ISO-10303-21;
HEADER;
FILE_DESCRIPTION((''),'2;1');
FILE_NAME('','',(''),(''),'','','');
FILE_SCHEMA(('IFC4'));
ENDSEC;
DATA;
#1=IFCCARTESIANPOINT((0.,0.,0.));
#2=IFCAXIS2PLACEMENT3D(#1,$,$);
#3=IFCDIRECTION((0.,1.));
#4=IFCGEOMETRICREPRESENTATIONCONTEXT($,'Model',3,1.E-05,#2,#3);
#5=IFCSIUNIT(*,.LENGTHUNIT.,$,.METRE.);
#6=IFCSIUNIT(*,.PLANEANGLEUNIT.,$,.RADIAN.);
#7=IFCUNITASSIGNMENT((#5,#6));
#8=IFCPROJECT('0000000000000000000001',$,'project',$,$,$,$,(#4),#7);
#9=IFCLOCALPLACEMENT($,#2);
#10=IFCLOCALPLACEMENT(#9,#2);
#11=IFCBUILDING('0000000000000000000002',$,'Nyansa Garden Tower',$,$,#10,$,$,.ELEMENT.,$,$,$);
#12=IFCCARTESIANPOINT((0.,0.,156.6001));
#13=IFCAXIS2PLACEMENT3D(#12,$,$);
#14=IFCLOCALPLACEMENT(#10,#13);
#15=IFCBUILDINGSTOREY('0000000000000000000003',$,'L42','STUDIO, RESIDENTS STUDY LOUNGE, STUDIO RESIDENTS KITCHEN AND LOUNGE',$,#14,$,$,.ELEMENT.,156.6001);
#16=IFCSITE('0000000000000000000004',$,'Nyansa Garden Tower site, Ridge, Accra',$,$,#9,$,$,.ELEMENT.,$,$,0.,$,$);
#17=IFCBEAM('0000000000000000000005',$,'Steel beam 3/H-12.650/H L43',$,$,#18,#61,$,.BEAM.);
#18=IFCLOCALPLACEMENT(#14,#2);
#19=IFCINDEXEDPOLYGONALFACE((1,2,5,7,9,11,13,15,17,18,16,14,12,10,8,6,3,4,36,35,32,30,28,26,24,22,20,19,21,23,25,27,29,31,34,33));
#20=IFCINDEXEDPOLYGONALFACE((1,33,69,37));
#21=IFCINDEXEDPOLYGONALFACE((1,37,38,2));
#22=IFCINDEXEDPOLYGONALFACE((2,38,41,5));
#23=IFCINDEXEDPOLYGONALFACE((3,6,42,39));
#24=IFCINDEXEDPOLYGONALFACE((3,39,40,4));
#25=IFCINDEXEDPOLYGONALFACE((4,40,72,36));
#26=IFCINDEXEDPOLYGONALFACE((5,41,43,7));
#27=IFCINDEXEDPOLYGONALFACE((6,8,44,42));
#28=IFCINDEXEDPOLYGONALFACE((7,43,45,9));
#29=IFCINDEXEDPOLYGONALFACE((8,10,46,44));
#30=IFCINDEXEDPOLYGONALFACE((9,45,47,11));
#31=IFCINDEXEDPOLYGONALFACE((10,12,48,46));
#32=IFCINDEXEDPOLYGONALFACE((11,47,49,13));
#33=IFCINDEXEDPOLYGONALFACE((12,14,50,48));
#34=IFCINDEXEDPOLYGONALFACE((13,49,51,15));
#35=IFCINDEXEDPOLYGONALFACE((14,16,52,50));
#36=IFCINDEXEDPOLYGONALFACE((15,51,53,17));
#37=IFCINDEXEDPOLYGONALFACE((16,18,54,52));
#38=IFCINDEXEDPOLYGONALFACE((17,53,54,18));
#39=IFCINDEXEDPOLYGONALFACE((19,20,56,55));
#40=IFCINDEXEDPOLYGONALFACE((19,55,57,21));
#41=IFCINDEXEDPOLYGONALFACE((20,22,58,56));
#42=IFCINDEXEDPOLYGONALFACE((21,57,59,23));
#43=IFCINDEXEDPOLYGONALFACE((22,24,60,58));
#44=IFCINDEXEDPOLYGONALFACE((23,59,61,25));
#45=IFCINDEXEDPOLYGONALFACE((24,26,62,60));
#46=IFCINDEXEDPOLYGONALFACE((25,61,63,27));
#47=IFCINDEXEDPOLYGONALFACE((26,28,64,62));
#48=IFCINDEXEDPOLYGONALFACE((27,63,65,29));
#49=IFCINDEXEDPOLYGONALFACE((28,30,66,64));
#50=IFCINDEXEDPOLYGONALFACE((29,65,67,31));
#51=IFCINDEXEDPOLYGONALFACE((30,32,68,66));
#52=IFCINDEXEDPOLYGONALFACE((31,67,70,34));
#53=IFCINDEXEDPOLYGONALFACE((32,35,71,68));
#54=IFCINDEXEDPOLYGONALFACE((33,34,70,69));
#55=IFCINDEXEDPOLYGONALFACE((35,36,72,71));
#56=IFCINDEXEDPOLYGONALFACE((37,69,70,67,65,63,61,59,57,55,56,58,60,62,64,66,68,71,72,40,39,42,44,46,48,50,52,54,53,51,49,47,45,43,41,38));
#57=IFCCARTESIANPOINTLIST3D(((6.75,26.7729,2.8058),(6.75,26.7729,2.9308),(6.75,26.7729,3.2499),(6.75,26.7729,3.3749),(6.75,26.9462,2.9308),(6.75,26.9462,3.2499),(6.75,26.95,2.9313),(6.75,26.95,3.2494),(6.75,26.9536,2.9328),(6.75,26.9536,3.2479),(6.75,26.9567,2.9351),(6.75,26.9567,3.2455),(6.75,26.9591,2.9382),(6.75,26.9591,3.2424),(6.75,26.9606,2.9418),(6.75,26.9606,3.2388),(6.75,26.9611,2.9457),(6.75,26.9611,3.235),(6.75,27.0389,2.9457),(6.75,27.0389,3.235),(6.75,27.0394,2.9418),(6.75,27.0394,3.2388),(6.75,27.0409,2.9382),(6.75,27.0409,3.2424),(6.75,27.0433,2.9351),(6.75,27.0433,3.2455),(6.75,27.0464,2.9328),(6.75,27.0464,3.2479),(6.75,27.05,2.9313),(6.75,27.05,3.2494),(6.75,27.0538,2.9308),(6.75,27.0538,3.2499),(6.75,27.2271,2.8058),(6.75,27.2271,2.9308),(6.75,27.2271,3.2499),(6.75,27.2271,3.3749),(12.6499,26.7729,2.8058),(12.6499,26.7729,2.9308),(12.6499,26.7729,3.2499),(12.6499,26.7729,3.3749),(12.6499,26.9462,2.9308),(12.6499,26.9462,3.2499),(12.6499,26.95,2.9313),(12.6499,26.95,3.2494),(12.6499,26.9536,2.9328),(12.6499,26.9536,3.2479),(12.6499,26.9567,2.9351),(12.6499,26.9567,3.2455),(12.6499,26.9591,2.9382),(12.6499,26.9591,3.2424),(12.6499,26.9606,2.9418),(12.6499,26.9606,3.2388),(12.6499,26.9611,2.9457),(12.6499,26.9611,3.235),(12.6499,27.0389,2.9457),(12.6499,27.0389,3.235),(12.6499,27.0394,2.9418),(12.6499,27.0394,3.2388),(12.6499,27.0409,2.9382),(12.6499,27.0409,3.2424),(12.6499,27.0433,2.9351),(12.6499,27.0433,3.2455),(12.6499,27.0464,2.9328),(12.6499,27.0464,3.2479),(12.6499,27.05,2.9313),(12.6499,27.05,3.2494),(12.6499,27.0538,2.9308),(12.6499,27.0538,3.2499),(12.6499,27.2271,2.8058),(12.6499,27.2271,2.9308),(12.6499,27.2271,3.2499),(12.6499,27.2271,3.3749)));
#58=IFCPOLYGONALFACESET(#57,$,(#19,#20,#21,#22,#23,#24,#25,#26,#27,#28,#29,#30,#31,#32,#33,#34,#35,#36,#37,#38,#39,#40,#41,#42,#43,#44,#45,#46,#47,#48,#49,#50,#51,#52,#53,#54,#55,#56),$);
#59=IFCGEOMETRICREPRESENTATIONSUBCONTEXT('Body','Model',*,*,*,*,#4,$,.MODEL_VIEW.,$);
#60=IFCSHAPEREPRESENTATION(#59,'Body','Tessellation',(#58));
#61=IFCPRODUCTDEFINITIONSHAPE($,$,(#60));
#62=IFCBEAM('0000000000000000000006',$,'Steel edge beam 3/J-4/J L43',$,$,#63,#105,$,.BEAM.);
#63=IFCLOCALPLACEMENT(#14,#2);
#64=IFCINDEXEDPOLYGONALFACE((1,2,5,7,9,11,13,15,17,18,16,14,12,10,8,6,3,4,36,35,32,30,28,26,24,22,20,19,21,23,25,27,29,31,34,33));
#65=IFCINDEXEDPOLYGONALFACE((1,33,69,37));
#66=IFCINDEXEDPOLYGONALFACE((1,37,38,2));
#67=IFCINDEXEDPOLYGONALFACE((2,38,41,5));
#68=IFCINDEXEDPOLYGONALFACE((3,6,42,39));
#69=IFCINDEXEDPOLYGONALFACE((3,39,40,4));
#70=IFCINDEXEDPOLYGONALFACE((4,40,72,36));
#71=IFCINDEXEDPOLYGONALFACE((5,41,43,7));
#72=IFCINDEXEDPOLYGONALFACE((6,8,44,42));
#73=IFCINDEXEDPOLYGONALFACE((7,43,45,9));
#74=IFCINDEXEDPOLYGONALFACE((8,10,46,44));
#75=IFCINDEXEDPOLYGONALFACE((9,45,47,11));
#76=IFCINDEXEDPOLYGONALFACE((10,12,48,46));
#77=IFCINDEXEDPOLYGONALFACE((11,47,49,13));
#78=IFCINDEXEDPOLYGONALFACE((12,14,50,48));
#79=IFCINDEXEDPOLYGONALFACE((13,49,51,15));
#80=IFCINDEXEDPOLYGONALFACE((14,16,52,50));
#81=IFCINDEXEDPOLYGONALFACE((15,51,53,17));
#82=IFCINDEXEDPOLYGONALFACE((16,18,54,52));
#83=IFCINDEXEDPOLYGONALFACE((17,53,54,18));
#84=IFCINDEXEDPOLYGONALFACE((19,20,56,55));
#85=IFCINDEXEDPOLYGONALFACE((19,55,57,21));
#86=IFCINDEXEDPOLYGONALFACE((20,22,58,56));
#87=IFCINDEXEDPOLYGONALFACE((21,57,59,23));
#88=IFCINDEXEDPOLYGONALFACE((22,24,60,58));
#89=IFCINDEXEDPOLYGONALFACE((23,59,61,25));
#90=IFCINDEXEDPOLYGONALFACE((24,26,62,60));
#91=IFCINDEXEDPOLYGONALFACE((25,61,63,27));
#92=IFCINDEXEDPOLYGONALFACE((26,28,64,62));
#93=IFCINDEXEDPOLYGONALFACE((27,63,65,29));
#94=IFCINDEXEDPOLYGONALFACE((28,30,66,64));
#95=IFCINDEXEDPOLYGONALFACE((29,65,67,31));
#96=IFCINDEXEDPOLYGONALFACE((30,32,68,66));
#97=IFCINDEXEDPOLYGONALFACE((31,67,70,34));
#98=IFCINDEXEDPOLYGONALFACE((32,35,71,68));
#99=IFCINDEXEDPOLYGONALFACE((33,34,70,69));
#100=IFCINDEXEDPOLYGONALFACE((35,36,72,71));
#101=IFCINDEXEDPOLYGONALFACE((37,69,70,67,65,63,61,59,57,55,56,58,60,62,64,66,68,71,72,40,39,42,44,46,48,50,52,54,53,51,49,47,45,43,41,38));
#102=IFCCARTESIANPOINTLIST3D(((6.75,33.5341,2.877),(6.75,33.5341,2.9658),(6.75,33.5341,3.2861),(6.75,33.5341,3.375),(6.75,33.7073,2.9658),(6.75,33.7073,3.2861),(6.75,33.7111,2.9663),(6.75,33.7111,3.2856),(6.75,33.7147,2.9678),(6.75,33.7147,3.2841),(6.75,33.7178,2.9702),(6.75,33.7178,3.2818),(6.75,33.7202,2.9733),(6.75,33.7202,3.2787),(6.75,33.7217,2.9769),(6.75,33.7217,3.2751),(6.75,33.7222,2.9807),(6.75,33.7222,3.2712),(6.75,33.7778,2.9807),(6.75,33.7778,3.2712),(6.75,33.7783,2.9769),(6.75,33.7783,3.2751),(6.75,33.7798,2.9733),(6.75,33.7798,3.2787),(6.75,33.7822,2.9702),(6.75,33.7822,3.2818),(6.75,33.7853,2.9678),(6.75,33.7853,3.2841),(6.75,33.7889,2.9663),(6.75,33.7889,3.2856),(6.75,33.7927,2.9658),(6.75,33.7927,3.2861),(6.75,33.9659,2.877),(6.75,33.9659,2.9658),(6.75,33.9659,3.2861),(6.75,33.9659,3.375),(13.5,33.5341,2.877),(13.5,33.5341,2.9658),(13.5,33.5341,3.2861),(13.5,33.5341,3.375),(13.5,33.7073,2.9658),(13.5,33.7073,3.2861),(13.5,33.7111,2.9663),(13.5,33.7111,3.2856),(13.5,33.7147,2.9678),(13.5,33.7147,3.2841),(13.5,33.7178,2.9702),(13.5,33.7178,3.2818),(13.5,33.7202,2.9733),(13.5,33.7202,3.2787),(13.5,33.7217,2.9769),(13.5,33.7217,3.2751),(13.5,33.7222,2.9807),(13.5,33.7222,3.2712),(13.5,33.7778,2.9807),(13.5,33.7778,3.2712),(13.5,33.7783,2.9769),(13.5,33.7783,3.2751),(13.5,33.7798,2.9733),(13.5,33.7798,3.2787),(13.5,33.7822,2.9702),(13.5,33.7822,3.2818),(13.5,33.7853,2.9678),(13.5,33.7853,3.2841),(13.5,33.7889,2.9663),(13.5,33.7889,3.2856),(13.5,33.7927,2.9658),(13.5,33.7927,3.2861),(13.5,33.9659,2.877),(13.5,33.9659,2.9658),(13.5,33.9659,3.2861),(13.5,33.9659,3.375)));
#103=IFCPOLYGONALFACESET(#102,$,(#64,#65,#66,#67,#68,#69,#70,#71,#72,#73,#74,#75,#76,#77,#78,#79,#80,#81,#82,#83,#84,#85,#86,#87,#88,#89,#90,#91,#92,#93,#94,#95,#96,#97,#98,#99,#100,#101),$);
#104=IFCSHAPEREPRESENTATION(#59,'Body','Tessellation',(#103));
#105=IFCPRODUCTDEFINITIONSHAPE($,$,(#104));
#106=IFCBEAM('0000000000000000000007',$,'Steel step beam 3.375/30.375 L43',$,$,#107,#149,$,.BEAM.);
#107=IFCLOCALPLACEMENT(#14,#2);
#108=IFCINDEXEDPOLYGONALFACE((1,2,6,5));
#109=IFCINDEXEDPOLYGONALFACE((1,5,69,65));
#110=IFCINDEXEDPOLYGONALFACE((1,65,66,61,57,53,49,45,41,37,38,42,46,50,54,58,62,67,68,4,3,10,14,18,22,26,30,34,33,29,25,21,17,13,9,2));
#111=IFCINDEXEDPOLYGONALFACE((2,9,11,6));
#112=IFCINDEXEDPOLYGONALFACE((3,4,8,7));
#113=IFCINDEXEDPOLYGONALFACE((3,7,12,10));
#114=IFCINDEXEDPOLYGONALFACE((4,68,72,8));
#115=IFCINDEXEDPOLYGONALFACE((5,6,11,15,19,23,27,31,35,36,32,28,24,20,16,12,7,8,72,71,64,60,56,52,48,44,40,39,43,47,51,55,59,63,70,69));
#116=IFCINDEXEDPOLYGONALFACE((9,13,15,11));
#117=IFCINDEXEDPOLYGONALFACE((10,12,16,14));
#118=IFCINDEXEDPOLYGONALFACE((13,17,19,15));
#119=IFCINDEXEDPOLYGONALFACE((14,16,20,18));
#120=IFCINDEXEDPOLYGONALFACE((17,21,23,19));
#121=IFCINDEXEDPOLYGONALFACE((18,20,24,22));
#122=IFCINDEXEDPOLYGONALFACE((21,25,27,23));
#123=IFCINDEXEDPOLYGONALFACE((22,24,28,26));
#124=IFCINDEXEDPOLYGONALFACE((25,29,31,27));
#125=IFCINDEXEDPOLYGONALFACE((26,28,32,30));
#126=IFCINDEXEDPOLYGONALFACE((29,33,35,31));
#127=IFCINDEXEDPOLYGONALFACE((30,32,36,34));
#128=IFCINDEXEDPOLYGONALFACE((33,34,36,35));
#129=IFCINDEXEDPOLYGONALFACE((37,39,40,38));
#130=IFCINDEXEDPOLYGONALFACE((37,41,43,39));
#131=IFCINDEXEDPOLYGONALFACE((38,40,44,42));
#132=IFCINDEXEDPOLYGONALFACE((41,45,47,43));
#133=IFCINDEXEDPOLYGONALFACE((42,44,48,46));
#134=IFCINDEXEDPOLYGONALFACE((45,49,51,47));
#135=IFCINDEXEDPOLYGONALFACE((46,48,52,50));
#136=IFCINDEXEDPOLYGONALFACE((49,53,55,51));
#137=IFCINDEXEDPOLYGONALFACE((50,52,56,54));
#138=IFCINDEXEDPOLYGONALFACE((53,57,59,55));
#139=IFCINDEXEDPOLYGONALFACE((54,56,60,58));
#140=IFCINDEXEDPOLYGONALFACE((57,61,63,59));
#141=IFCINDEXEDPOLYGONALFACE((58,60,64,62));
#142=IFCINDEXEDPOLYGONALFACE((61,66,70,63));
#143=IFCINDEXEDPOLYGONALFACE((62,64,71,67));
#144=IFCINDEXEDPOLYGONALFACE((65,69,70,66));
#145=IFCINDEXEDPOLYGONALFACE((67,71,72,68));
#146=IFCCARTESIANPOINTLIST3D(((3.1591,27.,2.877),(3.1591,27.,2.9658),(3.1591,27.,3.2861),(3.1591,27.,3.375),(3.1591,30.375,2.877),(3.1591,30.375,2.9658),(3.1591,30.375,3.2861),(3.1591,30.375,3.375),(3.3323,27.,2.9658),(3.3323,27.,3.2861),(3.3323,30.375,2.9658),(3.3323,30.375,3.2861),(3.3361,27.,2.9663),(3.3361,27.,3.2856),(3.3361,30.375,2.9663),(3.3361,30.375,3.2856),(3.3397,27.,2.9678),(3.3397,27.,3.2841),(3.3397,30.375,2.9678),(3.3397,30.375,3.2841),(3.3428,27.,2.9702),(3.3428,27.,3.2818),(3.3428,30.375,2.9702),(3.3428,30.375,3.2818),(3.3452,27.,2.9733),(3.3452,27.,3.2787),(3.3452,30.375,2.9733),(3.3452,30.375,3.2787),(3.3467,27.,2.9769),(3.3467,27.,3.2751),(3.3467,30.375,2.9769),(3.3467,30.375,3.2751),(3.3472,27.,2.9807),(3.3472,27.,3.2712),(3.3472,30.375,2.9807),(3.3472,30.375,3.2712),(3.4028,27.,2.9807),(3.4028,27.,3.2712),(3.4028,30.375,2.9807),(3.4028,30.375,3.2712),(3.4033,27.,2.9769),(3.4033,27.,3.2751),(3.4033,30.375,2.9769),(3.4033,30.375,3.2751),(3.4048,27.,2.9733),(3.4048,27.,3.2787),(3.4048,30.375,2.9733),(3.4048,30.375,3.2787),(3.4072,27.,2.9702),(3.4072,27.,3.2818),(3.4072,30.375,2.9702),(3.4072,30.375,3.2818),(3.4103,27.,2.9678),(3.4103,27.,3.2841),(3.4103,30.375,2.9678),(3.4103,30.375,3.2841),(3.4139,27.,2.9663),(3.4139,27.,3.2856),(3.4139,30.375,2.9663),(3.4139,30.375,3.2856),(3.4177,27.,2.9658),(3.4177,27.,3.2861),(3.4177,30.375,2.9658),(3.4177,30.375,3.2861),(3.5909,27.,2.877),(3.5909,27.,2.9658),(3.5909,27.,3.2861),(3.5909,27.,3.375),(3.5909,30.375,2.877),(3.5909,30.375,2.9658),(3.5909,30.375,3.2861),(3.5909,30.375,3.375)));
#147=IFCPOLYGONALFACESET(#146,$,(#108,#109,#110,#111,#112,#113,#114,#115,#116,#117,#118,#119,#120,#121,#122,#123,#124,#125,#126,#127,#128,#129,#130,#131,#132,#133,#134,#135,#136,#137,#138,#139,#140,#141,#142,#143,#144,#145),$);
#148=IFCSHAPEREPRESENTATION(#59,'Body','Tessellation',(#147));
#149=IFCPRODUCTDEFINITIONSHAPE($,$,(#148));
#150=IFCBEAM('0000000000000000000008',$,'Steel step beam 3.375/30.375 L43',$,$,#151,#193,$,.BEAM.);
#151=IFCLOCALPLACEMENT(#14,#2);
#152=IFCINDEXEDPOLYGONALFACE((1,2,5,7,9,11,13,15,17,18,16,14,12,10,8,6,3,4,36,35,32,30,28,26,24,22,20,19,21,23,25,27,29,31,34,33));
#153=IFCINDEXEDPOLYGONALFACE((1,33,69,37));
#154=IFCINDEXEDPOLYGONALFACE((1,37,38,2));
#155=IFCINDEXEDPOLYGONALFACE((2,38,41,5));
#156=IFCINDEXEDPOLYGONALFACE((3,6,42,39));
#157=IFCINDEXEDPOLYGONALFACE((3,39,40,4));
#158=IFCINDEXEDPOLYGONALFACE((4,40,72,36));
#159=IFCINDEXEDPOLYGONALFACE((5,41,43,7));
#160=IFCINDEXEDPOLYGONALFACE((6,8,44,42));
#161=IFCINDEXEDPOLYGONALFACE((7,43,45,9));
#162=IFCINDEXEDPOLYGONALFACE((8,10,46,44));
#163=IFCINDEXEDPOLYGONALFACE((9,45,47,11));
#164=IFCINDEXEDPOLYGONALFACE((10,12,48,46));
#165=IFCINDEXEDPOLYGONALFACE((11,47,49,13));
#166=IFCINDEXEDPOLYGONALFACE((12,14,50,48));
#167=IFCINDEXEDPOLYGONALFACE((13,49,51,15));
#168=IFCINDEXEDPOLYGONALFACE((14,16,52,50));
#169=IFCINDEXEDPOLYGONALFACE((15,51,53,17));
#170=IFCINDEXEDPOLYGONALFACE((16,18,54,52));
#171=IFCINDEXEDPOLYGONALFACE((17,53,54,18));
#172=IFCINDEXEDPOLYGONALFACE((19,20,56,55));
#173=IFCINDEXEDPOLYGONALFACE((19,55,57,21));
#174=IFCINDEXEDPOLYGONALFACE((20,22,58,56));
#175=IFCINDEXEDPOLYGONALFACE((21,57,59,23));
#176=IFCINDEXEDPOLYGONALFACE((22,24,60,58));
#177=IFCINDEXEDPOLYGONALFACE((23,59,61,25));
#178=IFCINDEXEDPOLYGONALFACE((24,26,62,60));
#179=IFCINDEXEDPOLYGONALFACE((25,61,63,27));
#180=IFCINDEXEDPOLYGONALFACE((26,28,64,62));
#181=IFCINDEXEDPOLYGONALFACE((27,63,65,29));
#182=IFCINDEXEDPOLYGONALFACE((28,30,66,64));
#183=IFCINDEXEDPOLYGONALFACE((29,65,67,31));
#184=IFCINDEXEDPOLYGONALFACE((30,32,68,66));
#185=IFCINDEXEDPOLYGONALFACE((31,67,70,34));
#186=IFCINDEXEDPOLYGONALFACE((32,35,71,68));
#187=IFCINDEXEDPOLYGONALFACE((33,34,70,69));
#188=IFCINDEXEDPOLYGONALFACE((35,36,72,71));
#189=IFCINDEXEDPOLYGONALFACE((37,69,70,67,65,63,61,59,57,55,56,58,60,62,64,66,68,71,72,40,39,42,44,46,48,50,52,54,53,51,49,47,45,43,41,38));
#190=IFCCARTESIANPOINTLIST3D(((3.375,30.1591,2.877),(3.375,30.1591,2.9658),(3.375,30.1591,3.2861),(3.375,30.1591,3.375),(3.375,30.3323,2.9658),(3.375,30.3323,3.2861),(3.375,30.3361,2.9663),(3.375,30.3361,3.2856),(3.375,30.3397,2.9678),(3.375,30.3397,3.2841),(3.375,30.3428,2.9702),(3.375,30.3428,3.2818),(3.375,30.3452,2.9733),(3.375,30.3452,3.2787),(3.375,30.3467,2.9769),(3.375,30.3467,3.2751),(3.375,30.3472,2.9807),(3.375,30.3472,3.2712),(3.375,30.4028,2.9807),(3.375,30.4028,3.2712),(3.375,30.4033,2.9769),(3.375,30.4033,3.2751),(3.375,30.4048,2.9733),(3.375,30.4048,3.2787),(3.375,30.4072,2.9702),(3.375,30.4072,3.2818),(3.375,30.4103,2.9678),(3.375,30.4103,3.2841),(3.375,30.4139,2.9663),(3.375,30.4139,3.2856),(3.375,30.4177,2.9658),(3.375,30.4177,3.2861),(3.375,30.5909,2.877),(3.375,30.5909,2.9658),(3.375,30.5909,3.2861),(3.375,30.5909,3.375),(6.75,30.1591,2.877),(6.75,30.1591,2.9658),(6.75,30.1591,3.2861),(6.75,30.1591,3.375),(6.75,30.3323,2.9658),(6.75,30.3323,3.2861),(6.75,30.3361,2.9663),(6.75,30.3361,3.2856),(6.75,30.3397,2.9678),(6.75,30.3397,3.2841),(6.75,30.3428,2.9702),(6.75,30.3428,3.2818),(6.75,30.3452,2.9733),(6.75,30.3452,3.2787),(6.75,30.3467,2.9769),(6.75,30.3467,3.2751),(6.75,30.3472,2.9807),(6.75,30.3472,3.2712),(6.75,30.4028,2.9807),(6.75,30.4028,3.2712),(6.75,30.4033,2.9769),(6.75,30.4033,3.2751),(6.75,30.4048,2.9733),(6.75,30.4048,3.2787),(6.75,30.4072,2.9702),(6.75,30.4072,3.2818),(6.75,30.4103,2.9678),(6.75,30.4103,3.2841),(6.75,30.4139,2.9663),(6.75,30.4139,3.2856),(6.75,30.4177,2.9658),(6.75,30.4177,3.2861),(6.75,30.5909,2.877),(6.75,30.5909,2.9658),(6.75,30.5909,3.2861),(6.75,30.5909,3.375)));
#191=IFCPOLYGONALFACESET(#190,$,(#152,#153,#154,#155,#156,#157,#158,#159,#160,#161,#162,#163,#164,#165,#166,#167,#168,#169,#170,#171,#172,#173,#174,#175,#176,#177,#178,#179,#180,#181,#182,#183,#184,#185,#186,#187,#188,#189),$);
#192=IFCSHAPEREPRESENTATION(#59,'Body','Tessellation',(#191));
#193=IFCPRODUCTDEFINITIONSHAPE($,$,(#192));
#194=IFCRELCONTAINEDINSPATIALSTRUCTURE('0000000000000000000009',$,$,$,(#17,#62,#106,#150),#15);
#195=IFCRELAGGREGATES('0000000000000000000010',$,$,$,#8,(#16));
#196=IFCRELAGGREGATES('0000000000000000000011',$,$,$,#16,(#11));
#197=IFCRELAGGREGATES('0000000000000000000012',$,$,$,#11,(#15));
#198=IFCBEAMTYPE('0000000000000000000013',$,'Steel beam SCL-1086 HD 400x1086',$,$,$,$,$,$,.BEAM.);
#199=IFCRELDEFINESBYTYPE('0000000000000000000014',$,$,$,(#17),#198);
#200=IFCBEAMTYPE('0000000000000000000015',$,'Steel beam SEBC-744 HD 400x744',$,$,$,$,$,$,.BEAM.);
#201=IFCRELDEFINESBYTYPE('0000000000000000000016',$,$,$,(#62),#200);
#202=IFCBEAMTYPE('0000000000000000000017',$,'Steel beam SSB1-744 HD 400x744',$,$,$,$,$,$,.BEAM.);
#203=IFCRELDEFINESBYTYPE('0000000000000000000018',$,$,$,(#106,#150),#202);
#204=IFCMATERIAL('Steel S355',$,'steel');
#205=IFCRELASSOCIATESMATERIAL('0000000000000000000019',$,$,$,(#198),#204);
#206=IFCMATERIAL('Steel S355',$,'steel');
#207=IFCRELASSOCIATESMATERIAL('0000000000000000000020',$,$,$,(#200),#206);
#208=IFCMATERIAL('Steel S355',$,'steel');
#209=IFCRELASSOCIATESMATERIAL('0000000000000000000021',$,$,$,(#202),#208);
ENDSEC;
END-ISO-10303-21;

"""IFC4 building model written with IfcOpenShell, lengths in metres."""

from ifc_helpers import new_model, si_unit, direction, frame, origin, origin_2d, place, context, subcontext, project, spatial, i_section, extrude, material, material_profile, profile_set, type_object, element, save


model = new_model("IFC4")

# Units and contexts
model_context = context("Model", 3, precision=1e-05, world=origin(), true_north=direction((0.0, 1.0)))
body_context = subcontext(model_context, "Body", "Model", "MODEL_VIEW")
ifc_project = project(units=[si_unit("LENGTHUNIT", "METRE"), si_unit("PLANEANGLEUNIT", "RADIAN")], contexts=[model_context])

# Site, building, storey
site_placement = place(None, origin())
site = spatial("IfcSite", under=ifc_project, at=site_placement, Name="Nyansa Garden Tower site, Ridge, Accra", CompositionType="ELEMENT", RefElevation=0.0)
building_placement = place(site_placement, origin())
building = spatial("IfcBuilding", under=site, at=building_placement, Name="Nyansa Garden Tower", CompositionType="ELEMENT")
storey_placement = place(building_placement, frame((0.0, 0.0, 156.6001)))
storey = spatial("IfcBuildingStorey", under=building, at=storey_placement, Name="L42", Description="STUDIO, RESIDENTS STUDY LOUNGE, STUDIO RESIDENTS KITCHEN AND LOUNGE", CompositionType="ELEMENT", Elevation=156.6001)

# Beams
ifc_material_1 = material(Name="Steel S355", Category="steel")
ifc_material_profile_1 = material_profile(ifc_material_1, i_section(OverallWidth=0.4541, OverallDepth=0.5691, WebThickness=0.0779, FlangeThickness=0.125, FilletRadius=0.0149, at=origin_2d()), Name="HD 400x1086")
ifc_profile_set_1 = profile_set([ifc_material_profile_1], Name="Steel S355")
beam_type_1 = type_object("IfcBeamType", Name="Steel beam SCL-1086 HD 400x1086", PredefinedType="BEAM", material=ifc_profile_set_1)
beam_1_placement = place(storey_placement, frame((6.75, 27.0, 3.0903), z_axis=(1.0, 0.0, 0.0), x_axis=(0.0, 1.0, 0.0)))
element("IfcBeam", 1, at=beam_1_placement, inside=storey, type_object=beam_type_1, Name="Steel beam 3/H-12.650/H L43", PredefinedType="BEAM", context=body_context, shape_type="SweptSolid", body=[
    extrude(i_section(OverallWidth=0.4541, OverallDepth=0.5691, WebThickness=0.0779, FlangeThickness=0.125, FilletRadius=0.0149, at=origin_2d()), origin(), (0.0, 0.0, 1.0), 5.8999),
])
ifc_material_2 = material(Name="Steel S355", Category="steel")
ifc_material_profile_2 = material_profile(ifc_material_2, i_section(OverallWidth=0.4319, OverallDepth=0.498, WebThickness=0.0557, FlangeThickness=0.0889, FilletRadius=0.0149, at=origin_2d()), Name="HD 400x744")
ifc_profile_set_2 = profile_set([ifc_material_profile_2], Name="Steel S355")
beam_type_2 = type_object("IfcBeamType", Name="Steel beam SEBC-744 HD 400x744", PredefinedType="BEAM", material=ifc_profile_set_2)
beam_2_placement = place(storey_placement, frame((6.75, 33.75, 3.126), z_axis=(1.0, 0.0, 0.0), x_axis=(0.0, 1.0, 0.0)))
element("IfcBeam", 2, at=beam_2_placement, inside=storey, type_object=beam_type_2, Name="Steel edge beam 3/J-4/J L43", PredefinedType="BEAM", context=body_context, shape_type="SweptSolid", body=[
    extrude(i_section(OverallWidth=0.4319, OverallDepth=0.498, WebThickness=0.0557, FlangeThickness=0.0889, FilletRadius=0.0149, at=origin_2d()), origin(), (0.0, 0.0, 1.0), 6.75),
])
ifc_material_3 = material(Name="Steel S355", Category="steel")
ifc_material_profile_3 = material_profile(ifc_material_3, i_section(OverallWidth=0.4319, OverallDepth=0.498, WebThickness=0.0557, FlangeThickness=0.0889, FilletRadius=0.0149, at=origin_2d()), Name="HD 400x744")
ifc_profile_set_3 = profile_set([ifc_material_profile_3], Name="Steel S355")
beam_type_3 = type_object("IfcBeamType", Name="Steel beam SSB1-744 HD 400x744", PredefinedType="BEAM", material=ifc_profile_set_3)
for number, where, z_axis, x_axis, name in (
    (3, (3.375, 30.375, 3.126), (0.0, -1.0, 0.0), (1.0, 0.0, 0.0), "Steel step beam 3.375/30.375 L43"),
    (4, (3.375, 30.375, 3.126), (1.0, 0.0, 0.0), (0.0, 1.0, 0.0), "Steel step beam 3.375/30.375 L43"),
):
    element("IfcBeam", number, at=place(storey_placement, frame(where, z_axis=z_axis, x_axis=x_axis)), inside=storey, type_object=beam_type_3, Name=name, PredefinedType="BEAM", context=body_context, shape_type="SweptSolid", body=[
        extrude(i_section(OverallWidth=0.4319, OverallDepth=0.498, WebThickness=0.0557, FlangeThickness=0.0889, FilletRadius=0.0149, at=origin_2d()), origin(), (0.0, 0.0, 1.0), 3.375),
    ])

save(model, "model.ifc")
